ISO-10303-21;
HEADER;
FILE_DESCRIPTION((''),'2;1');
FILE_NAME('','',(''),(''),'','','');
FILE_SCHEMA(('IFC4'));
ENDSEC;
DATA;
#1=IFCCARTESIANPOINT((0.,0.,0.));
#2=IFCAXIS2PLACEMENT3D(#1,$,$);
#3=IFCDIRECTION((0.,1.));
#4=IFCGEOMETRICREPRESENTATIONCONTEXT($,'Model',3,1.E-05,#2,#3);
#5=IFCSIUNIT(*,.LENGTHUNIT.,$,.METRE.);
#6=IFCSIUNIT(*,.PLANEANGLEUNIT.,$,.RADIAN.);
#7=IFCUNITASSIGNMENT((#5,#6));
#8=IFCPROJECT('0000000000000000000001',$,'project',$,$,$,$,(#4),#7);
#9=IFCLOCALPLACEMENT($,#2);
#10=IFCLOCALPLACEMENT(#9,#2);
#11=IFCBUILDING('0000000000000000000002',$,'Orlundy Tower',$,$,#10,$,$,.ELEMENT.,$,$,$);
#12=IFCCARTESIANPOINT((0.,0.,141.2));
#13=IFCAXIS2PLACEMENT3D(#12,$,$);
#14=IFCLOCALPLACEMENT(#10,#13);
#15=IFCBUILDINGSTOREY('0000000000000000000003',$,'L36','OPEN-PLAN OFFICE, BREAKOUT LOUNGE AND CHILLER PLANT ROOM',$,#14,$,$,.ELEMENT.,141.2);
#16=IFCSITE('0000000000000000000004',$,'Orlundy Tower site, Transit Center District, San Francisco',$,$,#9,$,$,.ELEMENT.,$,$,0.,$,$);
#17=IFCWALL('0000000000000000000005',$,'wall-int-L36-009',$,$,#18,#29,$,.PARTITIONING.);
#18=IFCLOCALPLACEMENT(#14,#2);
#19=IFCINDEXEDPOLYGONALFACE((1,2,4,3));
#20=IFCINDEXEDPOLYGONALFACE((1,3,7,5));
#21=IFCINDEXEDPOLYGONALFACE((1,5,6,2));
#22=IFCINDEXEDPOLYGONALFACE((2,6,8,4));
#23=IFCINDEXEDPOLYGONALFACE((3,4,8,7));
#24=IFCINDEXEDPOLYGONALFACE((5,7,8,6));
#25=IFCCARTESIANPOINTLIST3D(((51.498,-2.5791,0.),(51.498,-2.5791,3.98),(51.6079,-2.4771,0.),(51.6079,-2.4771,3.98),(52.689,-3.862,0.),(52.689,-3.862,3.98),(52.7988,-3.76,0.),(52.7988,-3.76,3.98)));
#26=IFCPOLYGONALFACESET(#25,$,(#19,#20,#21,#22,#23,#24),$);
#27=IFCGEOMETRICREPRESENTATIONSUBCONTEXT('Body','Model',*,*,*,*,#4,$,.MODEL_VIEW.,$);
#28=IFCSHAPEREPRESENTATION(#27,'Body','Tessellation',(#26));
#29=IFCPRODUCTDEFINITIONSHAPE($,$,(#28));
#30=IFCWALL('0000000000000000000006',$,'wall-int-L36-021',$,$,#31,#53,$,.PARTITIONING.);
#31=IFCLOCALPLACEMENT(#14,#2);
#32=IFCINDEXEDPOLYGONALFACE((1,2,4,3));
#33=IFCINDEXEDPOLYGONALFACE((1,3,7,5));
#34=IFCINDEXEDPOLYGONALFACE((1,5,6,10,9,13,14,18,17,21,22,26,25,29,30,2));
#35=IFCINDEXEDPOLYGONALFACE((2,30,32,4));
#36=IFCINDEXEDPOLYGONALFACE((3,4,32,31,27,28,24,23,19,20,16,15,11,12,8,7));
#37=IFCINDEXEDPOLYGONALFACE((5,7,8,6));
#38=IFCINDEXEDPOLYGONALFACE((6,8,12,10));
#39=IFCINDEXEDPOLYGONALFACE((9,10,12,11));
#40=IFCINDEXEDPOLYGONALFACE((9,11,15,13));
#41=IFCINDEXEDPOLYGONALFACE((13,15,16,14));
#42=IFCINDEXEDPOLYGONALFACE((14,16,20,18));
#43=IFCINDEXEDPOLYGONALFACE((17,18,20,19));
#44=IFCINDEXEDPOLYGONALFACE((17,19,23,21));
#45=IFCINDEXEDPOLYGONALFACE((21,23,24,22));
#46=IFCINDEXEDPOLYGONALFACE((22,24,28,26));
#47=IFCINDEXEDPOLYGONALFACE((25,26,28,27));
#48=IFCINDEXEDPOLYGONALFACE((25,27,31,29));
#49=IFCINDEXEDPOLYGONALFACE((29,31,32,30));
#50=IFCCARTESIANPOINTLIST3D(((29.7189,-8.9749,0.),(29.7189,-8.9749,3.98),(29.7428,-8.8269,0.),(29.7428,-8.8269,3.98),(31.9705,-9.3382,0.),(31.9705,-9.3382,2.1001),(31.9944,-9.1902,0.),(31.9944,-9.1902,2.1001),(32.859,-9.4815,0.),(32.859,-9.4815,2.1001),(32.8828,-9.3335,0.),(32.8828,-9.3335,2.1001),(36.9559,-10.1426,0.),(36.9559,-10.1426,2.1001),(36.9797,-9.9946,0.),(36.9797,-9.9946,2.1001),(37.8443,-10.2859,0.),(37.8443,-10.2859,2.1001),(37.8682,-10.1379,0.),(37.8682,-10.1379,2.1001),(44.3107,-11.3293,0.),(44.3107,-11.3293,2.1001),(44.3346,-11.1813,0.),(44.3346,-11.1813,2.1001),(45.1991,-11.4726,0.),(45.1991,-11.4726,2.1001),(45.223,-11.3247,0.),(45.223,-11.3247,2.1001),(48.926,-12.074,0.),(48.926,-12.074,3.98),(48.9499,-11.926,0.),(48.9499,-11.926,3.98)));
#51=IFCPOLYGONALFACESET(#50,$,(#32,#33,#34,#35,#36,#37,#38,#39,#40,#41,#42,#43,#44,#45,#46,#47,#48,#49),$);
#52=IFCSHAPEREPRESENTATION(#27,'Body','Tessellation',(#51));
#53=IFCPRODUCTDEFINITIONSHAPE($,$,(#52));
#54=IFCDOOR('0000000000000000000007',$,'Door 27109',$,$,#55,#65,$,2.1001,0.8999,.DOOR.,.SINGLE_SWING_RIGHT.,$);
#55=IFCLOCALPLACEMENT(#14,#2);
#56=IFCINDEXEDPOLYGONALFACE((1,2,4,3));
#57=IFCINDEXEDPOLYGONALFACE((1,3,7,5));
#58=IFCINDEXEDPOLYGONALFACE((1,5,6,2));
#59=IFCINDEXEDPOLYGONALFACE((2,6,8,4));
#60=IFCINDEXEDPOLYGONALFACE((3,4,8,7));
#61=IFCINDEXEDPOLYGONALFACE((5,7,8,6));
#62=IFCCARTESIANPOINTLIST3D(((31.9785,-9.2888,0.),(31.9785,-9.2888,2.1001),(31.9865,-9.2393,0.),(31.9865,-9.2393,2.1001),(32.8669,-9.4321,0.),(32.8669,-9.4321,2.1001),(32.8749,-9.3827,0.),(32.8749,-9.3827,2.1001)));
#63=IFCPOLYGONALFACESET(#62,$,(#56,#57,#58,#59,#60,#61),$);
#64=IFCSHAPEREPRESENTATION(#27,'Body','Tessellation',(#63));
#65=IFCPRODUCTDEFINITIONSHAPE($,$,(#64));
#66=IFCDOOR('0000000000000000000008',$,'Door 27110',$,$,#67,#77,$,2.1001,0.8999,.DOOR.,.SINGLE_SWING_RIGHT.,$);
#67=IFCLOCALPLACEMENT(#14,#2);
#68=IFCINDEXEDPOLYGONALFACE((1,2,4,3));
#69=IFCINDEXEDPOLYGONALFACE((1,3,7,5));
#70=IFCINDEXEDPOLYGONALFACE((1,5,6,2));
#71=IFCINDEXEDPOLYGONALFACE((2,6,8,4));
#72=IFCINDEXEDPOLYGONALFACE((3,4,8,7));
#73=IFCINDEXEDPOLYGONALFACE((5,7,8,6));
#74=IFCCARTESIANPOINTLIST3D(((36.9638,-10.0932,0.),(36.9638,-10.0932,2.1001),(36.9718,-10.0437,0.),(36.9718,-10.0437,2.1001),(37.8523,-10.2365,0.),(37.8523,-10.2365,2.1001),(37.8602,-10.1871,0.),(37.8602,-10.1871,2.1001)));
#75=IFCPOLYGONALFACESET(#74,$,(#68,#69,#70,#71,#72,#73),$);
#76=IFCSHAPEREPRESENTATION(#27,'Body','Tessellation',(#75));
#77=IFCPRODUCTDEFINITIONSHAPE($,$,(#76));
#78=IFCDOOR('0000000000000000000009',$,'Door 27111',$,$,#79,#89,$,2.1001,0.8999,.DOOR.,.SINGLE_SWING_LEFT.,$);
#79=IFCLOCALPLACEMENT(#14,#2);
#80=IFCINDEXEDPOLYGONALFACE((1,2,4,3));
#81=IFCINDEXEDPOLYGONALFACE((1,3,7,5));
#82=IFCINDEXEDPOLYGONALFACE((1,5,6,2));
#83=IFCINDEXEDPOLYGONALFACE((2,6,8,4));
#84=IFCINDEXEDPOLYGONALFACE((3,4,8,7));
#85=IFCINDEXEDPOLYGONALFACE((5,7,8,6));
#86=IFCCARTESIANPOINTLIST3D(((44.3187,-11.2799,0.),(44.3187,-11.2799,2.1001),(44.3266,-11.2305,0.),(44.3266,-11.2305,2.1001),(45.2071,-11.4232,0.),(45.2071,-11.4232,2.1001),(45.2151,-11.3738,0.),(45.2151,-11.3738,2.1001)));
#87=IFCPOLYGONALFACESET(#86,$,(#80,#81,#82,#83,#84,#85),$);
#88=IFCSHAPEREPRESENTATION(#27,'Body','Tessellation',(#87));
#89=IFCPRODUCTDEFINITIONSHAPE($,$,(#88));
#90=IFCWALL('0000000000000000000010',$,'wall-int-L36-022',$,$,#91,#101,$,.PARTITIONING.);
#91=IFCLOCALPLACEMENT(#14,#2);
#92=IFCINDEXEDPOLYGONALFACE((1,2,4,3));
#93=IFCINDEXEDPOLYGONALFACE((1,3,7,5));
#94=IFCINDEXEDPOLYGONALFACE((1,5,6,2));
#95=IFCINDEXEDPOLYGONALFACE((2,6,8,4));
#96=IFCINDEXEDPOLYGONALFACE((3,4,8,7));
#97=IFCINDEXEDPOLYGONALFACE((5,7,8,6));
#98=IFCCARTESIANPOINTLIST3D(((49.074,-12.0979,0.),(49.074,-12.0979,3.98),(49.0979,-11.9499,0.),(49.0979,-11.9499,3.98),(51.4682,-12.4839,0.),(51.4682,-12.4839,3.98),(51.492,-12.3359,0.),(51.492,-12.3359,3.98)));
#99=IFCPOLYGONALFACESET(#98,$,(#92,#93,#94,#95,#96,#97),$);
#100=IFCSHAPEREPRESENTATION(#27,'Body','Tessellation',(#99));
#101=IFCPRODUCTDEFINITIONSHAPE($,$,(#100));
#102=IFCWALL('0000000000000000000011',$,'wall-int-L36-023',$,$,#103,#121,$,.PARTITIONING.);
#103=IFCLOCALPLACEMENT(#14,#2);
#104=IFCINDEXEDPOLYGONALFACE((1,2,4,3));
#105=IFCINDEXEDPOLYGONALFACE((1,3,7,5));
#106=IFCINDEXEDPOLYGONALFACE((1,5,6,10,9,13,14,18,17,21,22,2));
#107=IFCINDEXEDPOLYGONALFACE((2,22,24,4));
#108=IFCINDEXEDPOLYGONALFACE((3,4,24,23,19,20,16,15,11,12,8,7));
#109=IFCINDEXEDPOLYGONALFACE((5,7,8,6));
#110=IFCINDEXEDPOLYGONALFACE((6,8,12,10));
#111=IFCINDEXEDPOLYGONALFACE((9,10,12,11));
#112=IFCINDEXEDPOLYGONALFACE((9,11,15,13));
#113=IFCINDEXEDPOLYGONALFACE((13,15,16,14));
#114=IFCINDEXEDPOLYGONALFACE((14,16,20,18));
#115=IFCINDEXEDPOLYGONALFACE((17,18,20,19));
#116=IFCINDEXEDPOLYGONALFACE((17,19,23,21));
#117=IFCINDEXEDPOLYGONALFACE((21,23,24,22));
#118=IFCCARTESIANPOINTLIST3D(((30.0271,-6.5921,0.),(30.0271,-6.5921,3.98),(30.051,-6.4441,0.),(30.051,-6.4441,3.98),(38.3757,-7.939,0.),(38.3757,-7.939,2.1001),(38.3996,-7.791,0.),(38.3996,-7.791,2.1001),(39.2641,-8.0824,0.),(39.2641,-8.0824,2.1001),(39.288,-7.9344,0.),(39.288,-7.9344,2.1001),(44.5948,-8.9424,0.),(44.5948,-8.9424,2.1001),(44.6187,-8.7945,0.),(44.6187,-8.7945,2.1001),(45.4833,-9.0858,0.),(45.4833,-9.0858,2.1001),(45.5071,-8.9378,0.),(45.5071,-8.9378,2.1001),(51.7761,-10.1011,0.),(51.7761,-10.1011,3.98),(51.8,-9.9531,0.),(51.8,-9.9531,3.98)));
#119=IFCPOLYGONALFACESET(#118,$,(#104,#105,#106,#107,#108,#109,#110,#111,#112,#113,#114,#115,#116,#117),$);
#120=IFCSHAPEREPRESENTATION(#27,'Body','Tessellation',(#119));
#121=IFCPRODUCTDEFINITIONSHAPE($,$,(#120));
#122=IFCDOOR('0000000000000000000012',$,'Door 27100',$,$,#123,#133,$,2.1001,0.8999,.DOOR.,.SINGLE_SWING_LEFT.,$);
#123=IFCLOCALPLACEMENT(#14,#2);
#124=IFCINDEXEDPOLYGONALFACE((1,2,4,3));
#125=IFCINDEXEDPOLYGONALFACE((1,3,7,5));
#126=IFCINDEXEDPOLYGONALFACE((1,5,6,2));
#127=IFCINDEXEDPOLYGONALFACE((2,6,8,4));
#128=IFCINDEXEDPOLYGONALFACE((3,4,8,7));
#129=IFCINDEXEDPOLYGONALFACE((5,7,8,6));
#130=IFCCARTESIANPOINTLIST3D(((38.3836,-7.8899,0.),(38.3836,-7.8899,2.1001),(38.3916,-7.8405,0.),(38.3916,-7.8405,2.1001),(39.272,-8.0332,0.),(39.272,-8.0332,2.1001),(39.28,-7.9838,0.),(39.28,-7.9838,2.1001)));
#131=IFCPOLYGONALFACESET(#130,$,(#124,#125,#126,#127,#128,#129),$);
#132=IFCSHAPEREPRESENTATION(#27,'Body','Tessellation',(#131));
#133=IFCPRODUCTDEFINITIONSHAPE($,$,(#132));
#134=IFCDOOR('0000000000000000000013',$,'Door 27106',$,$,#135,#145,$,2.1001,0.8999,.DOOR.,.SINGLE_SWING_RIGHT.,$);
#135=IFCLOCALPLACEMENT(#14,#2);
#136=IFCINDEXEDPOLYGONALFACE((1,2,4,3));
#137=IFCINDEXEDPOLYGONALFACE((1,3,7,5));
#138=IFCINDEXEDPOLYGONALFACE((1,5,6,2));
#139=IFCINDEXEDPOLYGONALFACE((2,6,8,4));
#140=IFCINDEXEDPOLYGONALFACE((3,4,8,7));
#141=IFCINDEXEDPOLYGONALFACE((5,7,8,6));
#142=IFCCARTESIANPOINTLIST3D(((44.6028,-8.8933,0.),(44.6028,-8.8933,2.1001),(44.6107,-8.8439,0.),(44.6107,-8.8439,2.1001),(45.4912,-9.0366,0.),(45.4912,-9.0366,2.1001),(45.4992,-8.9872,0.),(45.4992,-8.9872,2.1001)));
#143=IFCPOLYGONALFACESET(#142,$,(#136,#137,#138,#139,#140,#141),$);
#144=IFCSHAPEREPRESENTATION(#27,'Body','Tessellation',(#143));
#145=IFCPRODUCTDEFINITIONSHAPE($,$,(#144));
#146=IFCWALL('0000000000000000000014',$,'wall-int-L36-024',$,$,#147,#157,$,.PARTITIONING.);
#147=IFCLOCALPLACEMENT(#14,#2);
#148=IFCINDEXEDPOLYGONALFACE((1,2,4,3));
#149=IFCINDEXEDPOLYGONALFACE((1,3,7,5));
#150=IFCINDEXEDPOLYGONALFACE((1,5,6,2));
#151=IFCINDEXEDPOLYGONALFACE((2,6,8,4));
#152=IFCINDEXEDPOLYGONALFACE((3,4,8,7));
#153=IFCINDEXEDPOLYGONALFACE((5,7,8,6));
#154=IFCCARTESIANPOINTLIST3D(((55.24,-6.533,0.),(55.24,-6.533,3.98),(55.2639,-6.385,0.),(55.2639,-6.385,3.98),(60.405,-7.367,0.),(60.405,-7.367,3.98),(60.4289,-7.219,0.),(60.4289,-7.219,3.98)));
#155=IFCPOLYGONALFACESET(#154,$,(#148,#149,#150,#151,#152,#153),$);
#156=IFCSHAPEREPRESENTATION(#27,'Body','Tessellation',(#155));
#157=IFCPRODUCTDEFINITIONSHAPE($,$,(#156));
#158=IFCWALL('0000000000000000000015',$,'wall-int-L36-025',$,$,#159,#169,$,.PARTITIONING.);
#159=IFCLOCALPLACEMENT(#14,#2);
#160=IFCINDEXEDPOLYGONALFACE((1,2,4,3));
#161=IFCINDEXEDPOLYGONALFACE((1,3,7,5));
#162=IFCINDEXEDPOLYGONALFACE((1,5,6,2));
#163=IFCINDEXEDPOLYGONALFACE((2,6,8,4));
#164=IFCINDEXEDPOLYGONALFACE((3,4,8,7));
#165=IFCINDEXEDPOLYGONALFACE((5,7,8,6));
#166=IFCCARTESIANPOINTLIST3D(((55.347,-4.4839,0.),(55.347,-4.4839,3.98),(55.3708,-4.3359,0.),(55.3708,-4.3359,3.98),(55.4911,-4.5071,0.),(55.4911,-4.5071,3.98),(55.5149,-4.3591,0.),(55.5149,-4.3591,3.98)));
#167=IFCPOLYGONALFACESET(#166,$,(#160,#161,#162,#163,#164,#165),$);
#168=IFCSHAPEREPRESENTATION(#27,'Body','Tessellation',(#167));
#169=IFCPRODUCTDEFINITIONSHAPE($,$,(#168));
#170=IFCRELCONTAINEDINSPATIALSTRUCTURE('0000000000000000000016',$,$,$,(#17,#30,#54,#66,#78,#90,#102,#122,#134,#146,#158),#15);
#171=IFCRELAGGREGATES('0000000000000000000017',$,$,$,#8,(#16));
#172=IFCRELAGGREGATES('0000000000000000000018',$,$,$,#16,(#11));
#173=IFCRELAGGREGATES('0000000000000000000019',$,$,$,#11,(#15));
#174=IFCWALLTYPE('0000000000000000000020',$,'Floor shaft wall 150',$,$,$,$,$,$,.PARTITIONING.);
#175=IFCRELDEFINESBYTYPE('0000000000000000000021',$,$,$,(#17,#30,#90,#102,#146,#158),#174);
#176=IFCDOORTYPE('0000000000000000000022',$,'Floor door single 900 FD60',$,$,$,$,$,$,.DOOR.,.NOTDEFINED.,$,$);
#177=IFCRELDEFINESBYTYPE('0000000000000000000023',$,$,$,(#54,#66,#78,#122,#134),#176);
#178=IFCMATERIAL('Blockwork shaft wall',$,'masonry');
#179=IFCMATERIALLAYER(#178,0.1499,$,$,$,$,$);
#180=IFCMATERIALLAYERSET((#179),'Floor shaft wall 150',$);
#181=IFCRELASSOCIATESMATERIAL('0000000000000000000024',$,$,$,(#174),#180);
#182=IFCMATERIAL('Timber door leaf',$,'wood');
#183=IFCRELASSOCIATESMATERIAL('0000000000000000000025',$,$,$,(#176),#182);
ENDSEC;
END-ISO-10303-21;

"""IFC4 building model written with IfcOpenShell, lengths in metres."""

from ifc_helpers import new_model, si_unit, direction, frame, frame_2d, origin, place, context, subcontext, project, spatial, rectangle, extrude, material, layer, layer_set, type_object, element, fill, save


model = new_model("IFC4")

# Units and contexts
model_context = context("Model", 3, precision=1e-05, world=origin(), true_north=direction((0.0, 1.0)))
body_context = subcontext(model_context, "Body", "Model", "MODEL_VIEW")
ifc_project = project(units=[si_unit("LENGTHUNIT", "METRE"), si_unit("PLANEANGLEUNIT", "RADIAN")], contexts=[model_context])

# Site, building, storey
site_placement = place(None, origin())
site = spatial("IfcSite", under=ifc_project, at=site_placement, Name="Orlundy Tower site, Transit Center District, San Francisco", CompositionType="ELEMENT", RefElevation=0.0)
building_placement = place(site_placement, origin())
building = spatial("IfcBuilding", under=site, at=building_placement, Name="Orlundy Tower", CompositionType="ELEMENT")
storey_placement = place(building_placement, frame((0.0, 0.0, 141.2)))
storey = spatial("IfcBuildingStorey", under=building, at=storey_placement, Name="L36", Description="OPEN-PLAN OFFICE, BREAKOUT LOUNGE AND CHILLER PLANT ROOM", CompositionType="ELEMENT", Elevation=141.2)

# Wall
ifc_material_1 = material(Name="Blockwork shaft wall", Category="masonry")
ifc_layer = layer(ifc_material_1, 0.1499)
ifc_layer_set = layer_set([ifc_layer], Name="Floor shaft wall 150")
wall_type = type_object("IfcWallType", Name="Floor shaft wall 150", PredefinedType="PARTITIONING", material=ifc_layer_set)
wall_1_placement = place(storey_placement, frame((51.553, -2.5281, 0.0), z_axis=(0.0, 0.0, 1.0), x_axis=(0.680328, -0.732908, 0.0)))
element("IfcWall", 1, at=wall_1_placement, inside=storey, type_object=wall_type, Name="wall-int-L36-009", PredefinedType="PARTITIONING", context=body_context, shape_type="SweptSolid", body=[
    extrude(rectangle(XDim=1.7505, YDim=0.1499, at=frame_2d((0.8752, 0.0))), origin(), (0.0, 0.0, 1.0), 3.98),
])

# Wall, openings, doors
wall_2_placement = place(storey_placement, frame((48.938, -12.0, 0.0), z_axis=(0.0, 0.0, 1.0), x_axis=(-0.987231, 0.159293, 0.0)))
wall_2 = element("IfcWall", 2, at=wall_2_placement, inside=storey, type_object=wall_type, Name="wall-int-L36-021", PredefinedType="PARTITIONING", context=body_context, shape_type="SweptSolid", body=[
    extrude(rectangle(XDim=19.4556, YDim=0.1499, at=frame_2d((9.7278, 0.0))), origin(), (0.0, 0.0, 1.0), 3.98),
])
opening_1_placement = place(wall_2_placement, frame((16.2749, 0.0, 0.0)))
opening_1 = element("IfcOpeningElement", 3, at=opening_1_placement, cuts=wall_2, PredefinedType="OPENING", context=body_context, shape_type="SweptSolid", body=[
    extrude(rectangle(XDim=0.8999, YDim=2.1001, at=frame_2d((0.45, 1.05))), frame((0.0, 0.085, 0.0), z_axis=(0.0, -1.0, 0.0), x_axis=(1.0, 0.0, 0.0)), (0.0, 0.0, 1.0), 0.1699),
])
opening_2_placement = place(wall_2_placement, frame((11.2251, 0.0, 0.0)))
opening_2 = element("IfcOpeningElement", 4, at=opening_2_placement, cuts=wall_2, PredefinedType="OPENING", context=body_context, shape_type="SweptSolid", body=[
    extrude(rectangle(XDim=0.8999, YDim=2.1001, at=frame_2d((0.45, 1.05))), frame((0.0, 0.085, 0.0), z_axis=(0.0, -1.0, 0.0), x_axis=(1.0, 0.0, 0.0)), (0.0, 0.0, 1.0), 0.1699),
])
opening_3_placement = place(wall_2_placement, frame((3.7751, 0.0, 0.0)))
opening_3 = element("IfcOpeningElement", 5, at=opening_3_placement, cuts=wall_2, PredefinedType="OPENING", context=body_context, shape_type="SweptSolid", body=[
    extrude(rectangle(XDim=0.8999, YDim=2.1001, at=frame_2d((0.45, 1.05))), frame((0.0, 0.085, 0.0), z_axis=(0.0, -1.0, 0.0), x_axis=(1.0, 0.0, 0.0)), (0.0, 0.0, 1.0), 0.1699),
])
ifc_material_2 = material(Name="Timber door leaf", Category="wood")
door_type = type_object("IfcDoorType", Name="Floor door single 900 FD60", OperationType="NOTDEFINED", PredefinedType="DOOR", material=ifc_material_2)
door_1_placement = place(opening_1_placement, origin())
door_1 = element("IfcDoor", 6, at=door_1_placement, inside=storey, type_object=door_type, Name="Door 27109", OperationType="SINGLE_SWING_RIGHT", OverallHeight=2.1001, OverallWidth=0.8999, PredefinedType="DOOR", context=body_context, shape_type="SweptSolid", body=[
    extrude(rectangle(XDim=0.8999, YDim=2.1001, at=frame_2d((0.45, 1.05))), frame((0.0, 0.0249, 0.0), z_axis=(0.0, -1.0, 0.0), x_axis=(1.0, 0.0, 0.0)), (0.0, 0.0, 1.0), 0.05),
])
fill(opening_1, door_1)
door_2_placement = place(opening_2_placement, origin())
door_2 = element("IfcDoor", 7, at=door_2_placement, inside=storey, type_object=door_type, Name="Door 27110", OperationType="SINGLE_SWING_RIGHT", OverallHeight=2.1001, OverallWidth=0.8999, PredefinedType="DOOR", context=body_context, shape_type="SweptSolid", body=[
    extrude(rectangle(XDim=0.8999, YDim=2.1001, at=frame_2d((0.45, 1.05))), frame((0.0, 0.0249, 0.0), z_axis=(0.0, -1.0, 0.0), x_axis=(1.0, 0.0, 0.0)), (0.0, 0.0, 1.0), 0.05),
])
fill(opening_2, door_2)
door_3_placement = place(opening_3_placement, origin())
door_3 = element("IfcDoor", 8, at=door_3_placement, inside=storey, type_object=door_type, Name="Door 27111", OperationType="SINGLE_SWING_LEFT", OverallHeight=2.1001, OverallWidth=0.8999, PredefinedType="DOOR", context=body_context, shape_type="SweptSolid", body=[
    extrude(rectangle(XDim=0.8999, YDim=2.1001, at=frame_2d((0.45, 1.05))), frame((0.0, 0.0249, 0.0), z_axis=(0.0, -1.0, 0.0), x_axis=(1.0, 0.0, 0.0)), (0.0, 0.0, 1.0), 0.05),
])
fill(opening_3, door_3)

# Wall
wall_3_placement = place(storey_placement, frame((51.48, -12.4099, 0.0), z_axis=(0.0, 0.0, 1.0), x_axis=(-0.987251, 0.159172, 0.0)))
element("IfcWall", 9, at=wall_3_placement, inside=storey, type_object=wall_type, Name="wall-int-L36-022", PredefinedType="PARTITIONING", context=body_context, shape_type="SweptSolid", body=[
    extrude(rectangle(XDim=2.425, YDim=0.1499, at=frame_2d((1.2124, 0.0))), origin(), (0.0, 0.0, 1.0), 3.98),
])

# Wall, openings, doors
wall_4_placement = place(storey_placement, frame((30.0391, -6.5181, 0.0), z_axis=(0.0, 0.0, 1.0), x_axis=(0.987233, -0.159282, 0.0)))
wall_4 = element("IfcWall", 10, at=wall_4_placement, inside=storey, type_object=wall_type, Name="wall-int-L36-023", PredefinedType="PARTITIONING", context=body_context, shape_type="SweptSolid", body=[
    extrude(rectangle(XDim=22.0303, YDim=0.1499, at=frame_2d((11.0151, 0.0))), origin(), (0.0, 0.0, 1.0), 3.98),
])
opening_4_placement = place(wall_4_placement, frame((8.4565, 0.0, 0.0)))
opening_4 = element("IfcOpeningElement", 11, at=opening_4_placement, cuts=wall_4, PredefinedType="OPENING", context=body_context, shape_type="SweptSolid", body=[
    extrude(rectangle(XDim=0.8999, YDim=2.1001, at=frame_2d((0.45, 1.05))), frame((0.0, 0.085, 0.0), z_axis=(0.0, -1.0, 0.0), x_axis=(1.0, 0.0, 0.0)), (0.0, 0.0, 1.0), 0.1699),
])
opening_5_placement = place(wall_4_placement, frame((14.7561, 0.0, 0.0)))
opening_5 = element("IfcOpeningElement", 12, at=opening_5_placement, cuts=wall_4, PredefinedType="OPENING", context=body_context, shape_type="SweptSolid", body=[
    extrude(rectangle(XDim=0.8999, YDim=2.1001, at=frame_2d((0.45, 1.05))), frame((0.0, 0.085, 0.0), z_axis=(0.0, -1.0, 0.0), x_axis=(1.0, 0.0, 0.0)), (0.0, 0.0, 1.0), 0.1699),
])
door_4_placement = place(opening_4_placement, origin())
door_4 = element("IfcDoor", 13, at=door_4_placement, inside=storey, type_object=door_type, Name="Door 27100", OperationType="SINGLE_SWING_LEFT", OverallHeight=2.1001, OverallWidth=0.8999, PredefinedType="DOOR", context=body_context, shape_type="SweptSolid", body=[
    extrude(rectangle(XDim=0.8999, YDim=2.1001, at=frame_2d((0.45, 1.05))), frame((0.0, 0.0249, 0.0), z_axis=(0.0, -1.0, 0.0), x_axis=(1.0, 0.0, 0.0)), (0.0, 0.0, 1.0), 0.05),
])
fill(opening_4, door_4)
door_5_placement = place(opening_5_placement, origin())
door_5 = element("IfcDoor", 14, at=door_5_placement, inside=storey, type_object=door_type, Name="Door 27106", OperationType="SINGLE_SWING_RIGHT", OverallHeight=2.1001, OverallWidth=0.8999, PredefinedType="DOOR", context=body_context, shape_type="SweptSolid", body=[
    extrude(rectangle(XDim=0.8999, YDim=2.1001, at=frame_2d((0.45, 1.05))), frame((0.0, 0.0249, 0.0), z_axis=(0.0, -1.0, 0.0), x_axis=(1.0, 0.0, 0.0)), (0.0, 0.0, 1.0), 0.05),
])
fill(opening_5, door_5)

# Walls
wall_5_placement = place(storey_placement, frame((55.252, -6.459, 0.0), z_axis=(0.0, 0.0, 1.0), x_axis=(0.987214, -0.159403, 0.0)))
element("IfcWall", 15, at=wall_5_placement, inside=storey, type_object=wall_type, Name="wall-int-L36-024", PredefinedType="PARTITIONING", context=body_context, shape_type="SweptSolid", body=[
    extrude(rectangle(XDim=5.2319, YDim=0.1499, at=frame_2d((2.616, 0.0))), origin(), (0.0, 0.0, 1.0), 3.98),
])
wall_6_placement = place(storey_placement, frame((55.3589, -4.4099, 0.0), z_axis=(0.0, 0.0, 1.0), x_axis=(0.987284, -0.158969, 0.0)))
element("IfcWall", 16, at=wall_6_placement, inside=storey, type_object=wall_type, Name="wall-int-L36-025", PredefinedType="PARTITIONING", context=body_context, shape_type="SweptSolid", body=[
    extrude(rectangle(XDim=0.146, YDim=0.1499, at=frame_2d((0.073, 0.0))), origin(), (0.0, 0.0, 1.0), 3.98),
])

save(model, "model.ifc")
